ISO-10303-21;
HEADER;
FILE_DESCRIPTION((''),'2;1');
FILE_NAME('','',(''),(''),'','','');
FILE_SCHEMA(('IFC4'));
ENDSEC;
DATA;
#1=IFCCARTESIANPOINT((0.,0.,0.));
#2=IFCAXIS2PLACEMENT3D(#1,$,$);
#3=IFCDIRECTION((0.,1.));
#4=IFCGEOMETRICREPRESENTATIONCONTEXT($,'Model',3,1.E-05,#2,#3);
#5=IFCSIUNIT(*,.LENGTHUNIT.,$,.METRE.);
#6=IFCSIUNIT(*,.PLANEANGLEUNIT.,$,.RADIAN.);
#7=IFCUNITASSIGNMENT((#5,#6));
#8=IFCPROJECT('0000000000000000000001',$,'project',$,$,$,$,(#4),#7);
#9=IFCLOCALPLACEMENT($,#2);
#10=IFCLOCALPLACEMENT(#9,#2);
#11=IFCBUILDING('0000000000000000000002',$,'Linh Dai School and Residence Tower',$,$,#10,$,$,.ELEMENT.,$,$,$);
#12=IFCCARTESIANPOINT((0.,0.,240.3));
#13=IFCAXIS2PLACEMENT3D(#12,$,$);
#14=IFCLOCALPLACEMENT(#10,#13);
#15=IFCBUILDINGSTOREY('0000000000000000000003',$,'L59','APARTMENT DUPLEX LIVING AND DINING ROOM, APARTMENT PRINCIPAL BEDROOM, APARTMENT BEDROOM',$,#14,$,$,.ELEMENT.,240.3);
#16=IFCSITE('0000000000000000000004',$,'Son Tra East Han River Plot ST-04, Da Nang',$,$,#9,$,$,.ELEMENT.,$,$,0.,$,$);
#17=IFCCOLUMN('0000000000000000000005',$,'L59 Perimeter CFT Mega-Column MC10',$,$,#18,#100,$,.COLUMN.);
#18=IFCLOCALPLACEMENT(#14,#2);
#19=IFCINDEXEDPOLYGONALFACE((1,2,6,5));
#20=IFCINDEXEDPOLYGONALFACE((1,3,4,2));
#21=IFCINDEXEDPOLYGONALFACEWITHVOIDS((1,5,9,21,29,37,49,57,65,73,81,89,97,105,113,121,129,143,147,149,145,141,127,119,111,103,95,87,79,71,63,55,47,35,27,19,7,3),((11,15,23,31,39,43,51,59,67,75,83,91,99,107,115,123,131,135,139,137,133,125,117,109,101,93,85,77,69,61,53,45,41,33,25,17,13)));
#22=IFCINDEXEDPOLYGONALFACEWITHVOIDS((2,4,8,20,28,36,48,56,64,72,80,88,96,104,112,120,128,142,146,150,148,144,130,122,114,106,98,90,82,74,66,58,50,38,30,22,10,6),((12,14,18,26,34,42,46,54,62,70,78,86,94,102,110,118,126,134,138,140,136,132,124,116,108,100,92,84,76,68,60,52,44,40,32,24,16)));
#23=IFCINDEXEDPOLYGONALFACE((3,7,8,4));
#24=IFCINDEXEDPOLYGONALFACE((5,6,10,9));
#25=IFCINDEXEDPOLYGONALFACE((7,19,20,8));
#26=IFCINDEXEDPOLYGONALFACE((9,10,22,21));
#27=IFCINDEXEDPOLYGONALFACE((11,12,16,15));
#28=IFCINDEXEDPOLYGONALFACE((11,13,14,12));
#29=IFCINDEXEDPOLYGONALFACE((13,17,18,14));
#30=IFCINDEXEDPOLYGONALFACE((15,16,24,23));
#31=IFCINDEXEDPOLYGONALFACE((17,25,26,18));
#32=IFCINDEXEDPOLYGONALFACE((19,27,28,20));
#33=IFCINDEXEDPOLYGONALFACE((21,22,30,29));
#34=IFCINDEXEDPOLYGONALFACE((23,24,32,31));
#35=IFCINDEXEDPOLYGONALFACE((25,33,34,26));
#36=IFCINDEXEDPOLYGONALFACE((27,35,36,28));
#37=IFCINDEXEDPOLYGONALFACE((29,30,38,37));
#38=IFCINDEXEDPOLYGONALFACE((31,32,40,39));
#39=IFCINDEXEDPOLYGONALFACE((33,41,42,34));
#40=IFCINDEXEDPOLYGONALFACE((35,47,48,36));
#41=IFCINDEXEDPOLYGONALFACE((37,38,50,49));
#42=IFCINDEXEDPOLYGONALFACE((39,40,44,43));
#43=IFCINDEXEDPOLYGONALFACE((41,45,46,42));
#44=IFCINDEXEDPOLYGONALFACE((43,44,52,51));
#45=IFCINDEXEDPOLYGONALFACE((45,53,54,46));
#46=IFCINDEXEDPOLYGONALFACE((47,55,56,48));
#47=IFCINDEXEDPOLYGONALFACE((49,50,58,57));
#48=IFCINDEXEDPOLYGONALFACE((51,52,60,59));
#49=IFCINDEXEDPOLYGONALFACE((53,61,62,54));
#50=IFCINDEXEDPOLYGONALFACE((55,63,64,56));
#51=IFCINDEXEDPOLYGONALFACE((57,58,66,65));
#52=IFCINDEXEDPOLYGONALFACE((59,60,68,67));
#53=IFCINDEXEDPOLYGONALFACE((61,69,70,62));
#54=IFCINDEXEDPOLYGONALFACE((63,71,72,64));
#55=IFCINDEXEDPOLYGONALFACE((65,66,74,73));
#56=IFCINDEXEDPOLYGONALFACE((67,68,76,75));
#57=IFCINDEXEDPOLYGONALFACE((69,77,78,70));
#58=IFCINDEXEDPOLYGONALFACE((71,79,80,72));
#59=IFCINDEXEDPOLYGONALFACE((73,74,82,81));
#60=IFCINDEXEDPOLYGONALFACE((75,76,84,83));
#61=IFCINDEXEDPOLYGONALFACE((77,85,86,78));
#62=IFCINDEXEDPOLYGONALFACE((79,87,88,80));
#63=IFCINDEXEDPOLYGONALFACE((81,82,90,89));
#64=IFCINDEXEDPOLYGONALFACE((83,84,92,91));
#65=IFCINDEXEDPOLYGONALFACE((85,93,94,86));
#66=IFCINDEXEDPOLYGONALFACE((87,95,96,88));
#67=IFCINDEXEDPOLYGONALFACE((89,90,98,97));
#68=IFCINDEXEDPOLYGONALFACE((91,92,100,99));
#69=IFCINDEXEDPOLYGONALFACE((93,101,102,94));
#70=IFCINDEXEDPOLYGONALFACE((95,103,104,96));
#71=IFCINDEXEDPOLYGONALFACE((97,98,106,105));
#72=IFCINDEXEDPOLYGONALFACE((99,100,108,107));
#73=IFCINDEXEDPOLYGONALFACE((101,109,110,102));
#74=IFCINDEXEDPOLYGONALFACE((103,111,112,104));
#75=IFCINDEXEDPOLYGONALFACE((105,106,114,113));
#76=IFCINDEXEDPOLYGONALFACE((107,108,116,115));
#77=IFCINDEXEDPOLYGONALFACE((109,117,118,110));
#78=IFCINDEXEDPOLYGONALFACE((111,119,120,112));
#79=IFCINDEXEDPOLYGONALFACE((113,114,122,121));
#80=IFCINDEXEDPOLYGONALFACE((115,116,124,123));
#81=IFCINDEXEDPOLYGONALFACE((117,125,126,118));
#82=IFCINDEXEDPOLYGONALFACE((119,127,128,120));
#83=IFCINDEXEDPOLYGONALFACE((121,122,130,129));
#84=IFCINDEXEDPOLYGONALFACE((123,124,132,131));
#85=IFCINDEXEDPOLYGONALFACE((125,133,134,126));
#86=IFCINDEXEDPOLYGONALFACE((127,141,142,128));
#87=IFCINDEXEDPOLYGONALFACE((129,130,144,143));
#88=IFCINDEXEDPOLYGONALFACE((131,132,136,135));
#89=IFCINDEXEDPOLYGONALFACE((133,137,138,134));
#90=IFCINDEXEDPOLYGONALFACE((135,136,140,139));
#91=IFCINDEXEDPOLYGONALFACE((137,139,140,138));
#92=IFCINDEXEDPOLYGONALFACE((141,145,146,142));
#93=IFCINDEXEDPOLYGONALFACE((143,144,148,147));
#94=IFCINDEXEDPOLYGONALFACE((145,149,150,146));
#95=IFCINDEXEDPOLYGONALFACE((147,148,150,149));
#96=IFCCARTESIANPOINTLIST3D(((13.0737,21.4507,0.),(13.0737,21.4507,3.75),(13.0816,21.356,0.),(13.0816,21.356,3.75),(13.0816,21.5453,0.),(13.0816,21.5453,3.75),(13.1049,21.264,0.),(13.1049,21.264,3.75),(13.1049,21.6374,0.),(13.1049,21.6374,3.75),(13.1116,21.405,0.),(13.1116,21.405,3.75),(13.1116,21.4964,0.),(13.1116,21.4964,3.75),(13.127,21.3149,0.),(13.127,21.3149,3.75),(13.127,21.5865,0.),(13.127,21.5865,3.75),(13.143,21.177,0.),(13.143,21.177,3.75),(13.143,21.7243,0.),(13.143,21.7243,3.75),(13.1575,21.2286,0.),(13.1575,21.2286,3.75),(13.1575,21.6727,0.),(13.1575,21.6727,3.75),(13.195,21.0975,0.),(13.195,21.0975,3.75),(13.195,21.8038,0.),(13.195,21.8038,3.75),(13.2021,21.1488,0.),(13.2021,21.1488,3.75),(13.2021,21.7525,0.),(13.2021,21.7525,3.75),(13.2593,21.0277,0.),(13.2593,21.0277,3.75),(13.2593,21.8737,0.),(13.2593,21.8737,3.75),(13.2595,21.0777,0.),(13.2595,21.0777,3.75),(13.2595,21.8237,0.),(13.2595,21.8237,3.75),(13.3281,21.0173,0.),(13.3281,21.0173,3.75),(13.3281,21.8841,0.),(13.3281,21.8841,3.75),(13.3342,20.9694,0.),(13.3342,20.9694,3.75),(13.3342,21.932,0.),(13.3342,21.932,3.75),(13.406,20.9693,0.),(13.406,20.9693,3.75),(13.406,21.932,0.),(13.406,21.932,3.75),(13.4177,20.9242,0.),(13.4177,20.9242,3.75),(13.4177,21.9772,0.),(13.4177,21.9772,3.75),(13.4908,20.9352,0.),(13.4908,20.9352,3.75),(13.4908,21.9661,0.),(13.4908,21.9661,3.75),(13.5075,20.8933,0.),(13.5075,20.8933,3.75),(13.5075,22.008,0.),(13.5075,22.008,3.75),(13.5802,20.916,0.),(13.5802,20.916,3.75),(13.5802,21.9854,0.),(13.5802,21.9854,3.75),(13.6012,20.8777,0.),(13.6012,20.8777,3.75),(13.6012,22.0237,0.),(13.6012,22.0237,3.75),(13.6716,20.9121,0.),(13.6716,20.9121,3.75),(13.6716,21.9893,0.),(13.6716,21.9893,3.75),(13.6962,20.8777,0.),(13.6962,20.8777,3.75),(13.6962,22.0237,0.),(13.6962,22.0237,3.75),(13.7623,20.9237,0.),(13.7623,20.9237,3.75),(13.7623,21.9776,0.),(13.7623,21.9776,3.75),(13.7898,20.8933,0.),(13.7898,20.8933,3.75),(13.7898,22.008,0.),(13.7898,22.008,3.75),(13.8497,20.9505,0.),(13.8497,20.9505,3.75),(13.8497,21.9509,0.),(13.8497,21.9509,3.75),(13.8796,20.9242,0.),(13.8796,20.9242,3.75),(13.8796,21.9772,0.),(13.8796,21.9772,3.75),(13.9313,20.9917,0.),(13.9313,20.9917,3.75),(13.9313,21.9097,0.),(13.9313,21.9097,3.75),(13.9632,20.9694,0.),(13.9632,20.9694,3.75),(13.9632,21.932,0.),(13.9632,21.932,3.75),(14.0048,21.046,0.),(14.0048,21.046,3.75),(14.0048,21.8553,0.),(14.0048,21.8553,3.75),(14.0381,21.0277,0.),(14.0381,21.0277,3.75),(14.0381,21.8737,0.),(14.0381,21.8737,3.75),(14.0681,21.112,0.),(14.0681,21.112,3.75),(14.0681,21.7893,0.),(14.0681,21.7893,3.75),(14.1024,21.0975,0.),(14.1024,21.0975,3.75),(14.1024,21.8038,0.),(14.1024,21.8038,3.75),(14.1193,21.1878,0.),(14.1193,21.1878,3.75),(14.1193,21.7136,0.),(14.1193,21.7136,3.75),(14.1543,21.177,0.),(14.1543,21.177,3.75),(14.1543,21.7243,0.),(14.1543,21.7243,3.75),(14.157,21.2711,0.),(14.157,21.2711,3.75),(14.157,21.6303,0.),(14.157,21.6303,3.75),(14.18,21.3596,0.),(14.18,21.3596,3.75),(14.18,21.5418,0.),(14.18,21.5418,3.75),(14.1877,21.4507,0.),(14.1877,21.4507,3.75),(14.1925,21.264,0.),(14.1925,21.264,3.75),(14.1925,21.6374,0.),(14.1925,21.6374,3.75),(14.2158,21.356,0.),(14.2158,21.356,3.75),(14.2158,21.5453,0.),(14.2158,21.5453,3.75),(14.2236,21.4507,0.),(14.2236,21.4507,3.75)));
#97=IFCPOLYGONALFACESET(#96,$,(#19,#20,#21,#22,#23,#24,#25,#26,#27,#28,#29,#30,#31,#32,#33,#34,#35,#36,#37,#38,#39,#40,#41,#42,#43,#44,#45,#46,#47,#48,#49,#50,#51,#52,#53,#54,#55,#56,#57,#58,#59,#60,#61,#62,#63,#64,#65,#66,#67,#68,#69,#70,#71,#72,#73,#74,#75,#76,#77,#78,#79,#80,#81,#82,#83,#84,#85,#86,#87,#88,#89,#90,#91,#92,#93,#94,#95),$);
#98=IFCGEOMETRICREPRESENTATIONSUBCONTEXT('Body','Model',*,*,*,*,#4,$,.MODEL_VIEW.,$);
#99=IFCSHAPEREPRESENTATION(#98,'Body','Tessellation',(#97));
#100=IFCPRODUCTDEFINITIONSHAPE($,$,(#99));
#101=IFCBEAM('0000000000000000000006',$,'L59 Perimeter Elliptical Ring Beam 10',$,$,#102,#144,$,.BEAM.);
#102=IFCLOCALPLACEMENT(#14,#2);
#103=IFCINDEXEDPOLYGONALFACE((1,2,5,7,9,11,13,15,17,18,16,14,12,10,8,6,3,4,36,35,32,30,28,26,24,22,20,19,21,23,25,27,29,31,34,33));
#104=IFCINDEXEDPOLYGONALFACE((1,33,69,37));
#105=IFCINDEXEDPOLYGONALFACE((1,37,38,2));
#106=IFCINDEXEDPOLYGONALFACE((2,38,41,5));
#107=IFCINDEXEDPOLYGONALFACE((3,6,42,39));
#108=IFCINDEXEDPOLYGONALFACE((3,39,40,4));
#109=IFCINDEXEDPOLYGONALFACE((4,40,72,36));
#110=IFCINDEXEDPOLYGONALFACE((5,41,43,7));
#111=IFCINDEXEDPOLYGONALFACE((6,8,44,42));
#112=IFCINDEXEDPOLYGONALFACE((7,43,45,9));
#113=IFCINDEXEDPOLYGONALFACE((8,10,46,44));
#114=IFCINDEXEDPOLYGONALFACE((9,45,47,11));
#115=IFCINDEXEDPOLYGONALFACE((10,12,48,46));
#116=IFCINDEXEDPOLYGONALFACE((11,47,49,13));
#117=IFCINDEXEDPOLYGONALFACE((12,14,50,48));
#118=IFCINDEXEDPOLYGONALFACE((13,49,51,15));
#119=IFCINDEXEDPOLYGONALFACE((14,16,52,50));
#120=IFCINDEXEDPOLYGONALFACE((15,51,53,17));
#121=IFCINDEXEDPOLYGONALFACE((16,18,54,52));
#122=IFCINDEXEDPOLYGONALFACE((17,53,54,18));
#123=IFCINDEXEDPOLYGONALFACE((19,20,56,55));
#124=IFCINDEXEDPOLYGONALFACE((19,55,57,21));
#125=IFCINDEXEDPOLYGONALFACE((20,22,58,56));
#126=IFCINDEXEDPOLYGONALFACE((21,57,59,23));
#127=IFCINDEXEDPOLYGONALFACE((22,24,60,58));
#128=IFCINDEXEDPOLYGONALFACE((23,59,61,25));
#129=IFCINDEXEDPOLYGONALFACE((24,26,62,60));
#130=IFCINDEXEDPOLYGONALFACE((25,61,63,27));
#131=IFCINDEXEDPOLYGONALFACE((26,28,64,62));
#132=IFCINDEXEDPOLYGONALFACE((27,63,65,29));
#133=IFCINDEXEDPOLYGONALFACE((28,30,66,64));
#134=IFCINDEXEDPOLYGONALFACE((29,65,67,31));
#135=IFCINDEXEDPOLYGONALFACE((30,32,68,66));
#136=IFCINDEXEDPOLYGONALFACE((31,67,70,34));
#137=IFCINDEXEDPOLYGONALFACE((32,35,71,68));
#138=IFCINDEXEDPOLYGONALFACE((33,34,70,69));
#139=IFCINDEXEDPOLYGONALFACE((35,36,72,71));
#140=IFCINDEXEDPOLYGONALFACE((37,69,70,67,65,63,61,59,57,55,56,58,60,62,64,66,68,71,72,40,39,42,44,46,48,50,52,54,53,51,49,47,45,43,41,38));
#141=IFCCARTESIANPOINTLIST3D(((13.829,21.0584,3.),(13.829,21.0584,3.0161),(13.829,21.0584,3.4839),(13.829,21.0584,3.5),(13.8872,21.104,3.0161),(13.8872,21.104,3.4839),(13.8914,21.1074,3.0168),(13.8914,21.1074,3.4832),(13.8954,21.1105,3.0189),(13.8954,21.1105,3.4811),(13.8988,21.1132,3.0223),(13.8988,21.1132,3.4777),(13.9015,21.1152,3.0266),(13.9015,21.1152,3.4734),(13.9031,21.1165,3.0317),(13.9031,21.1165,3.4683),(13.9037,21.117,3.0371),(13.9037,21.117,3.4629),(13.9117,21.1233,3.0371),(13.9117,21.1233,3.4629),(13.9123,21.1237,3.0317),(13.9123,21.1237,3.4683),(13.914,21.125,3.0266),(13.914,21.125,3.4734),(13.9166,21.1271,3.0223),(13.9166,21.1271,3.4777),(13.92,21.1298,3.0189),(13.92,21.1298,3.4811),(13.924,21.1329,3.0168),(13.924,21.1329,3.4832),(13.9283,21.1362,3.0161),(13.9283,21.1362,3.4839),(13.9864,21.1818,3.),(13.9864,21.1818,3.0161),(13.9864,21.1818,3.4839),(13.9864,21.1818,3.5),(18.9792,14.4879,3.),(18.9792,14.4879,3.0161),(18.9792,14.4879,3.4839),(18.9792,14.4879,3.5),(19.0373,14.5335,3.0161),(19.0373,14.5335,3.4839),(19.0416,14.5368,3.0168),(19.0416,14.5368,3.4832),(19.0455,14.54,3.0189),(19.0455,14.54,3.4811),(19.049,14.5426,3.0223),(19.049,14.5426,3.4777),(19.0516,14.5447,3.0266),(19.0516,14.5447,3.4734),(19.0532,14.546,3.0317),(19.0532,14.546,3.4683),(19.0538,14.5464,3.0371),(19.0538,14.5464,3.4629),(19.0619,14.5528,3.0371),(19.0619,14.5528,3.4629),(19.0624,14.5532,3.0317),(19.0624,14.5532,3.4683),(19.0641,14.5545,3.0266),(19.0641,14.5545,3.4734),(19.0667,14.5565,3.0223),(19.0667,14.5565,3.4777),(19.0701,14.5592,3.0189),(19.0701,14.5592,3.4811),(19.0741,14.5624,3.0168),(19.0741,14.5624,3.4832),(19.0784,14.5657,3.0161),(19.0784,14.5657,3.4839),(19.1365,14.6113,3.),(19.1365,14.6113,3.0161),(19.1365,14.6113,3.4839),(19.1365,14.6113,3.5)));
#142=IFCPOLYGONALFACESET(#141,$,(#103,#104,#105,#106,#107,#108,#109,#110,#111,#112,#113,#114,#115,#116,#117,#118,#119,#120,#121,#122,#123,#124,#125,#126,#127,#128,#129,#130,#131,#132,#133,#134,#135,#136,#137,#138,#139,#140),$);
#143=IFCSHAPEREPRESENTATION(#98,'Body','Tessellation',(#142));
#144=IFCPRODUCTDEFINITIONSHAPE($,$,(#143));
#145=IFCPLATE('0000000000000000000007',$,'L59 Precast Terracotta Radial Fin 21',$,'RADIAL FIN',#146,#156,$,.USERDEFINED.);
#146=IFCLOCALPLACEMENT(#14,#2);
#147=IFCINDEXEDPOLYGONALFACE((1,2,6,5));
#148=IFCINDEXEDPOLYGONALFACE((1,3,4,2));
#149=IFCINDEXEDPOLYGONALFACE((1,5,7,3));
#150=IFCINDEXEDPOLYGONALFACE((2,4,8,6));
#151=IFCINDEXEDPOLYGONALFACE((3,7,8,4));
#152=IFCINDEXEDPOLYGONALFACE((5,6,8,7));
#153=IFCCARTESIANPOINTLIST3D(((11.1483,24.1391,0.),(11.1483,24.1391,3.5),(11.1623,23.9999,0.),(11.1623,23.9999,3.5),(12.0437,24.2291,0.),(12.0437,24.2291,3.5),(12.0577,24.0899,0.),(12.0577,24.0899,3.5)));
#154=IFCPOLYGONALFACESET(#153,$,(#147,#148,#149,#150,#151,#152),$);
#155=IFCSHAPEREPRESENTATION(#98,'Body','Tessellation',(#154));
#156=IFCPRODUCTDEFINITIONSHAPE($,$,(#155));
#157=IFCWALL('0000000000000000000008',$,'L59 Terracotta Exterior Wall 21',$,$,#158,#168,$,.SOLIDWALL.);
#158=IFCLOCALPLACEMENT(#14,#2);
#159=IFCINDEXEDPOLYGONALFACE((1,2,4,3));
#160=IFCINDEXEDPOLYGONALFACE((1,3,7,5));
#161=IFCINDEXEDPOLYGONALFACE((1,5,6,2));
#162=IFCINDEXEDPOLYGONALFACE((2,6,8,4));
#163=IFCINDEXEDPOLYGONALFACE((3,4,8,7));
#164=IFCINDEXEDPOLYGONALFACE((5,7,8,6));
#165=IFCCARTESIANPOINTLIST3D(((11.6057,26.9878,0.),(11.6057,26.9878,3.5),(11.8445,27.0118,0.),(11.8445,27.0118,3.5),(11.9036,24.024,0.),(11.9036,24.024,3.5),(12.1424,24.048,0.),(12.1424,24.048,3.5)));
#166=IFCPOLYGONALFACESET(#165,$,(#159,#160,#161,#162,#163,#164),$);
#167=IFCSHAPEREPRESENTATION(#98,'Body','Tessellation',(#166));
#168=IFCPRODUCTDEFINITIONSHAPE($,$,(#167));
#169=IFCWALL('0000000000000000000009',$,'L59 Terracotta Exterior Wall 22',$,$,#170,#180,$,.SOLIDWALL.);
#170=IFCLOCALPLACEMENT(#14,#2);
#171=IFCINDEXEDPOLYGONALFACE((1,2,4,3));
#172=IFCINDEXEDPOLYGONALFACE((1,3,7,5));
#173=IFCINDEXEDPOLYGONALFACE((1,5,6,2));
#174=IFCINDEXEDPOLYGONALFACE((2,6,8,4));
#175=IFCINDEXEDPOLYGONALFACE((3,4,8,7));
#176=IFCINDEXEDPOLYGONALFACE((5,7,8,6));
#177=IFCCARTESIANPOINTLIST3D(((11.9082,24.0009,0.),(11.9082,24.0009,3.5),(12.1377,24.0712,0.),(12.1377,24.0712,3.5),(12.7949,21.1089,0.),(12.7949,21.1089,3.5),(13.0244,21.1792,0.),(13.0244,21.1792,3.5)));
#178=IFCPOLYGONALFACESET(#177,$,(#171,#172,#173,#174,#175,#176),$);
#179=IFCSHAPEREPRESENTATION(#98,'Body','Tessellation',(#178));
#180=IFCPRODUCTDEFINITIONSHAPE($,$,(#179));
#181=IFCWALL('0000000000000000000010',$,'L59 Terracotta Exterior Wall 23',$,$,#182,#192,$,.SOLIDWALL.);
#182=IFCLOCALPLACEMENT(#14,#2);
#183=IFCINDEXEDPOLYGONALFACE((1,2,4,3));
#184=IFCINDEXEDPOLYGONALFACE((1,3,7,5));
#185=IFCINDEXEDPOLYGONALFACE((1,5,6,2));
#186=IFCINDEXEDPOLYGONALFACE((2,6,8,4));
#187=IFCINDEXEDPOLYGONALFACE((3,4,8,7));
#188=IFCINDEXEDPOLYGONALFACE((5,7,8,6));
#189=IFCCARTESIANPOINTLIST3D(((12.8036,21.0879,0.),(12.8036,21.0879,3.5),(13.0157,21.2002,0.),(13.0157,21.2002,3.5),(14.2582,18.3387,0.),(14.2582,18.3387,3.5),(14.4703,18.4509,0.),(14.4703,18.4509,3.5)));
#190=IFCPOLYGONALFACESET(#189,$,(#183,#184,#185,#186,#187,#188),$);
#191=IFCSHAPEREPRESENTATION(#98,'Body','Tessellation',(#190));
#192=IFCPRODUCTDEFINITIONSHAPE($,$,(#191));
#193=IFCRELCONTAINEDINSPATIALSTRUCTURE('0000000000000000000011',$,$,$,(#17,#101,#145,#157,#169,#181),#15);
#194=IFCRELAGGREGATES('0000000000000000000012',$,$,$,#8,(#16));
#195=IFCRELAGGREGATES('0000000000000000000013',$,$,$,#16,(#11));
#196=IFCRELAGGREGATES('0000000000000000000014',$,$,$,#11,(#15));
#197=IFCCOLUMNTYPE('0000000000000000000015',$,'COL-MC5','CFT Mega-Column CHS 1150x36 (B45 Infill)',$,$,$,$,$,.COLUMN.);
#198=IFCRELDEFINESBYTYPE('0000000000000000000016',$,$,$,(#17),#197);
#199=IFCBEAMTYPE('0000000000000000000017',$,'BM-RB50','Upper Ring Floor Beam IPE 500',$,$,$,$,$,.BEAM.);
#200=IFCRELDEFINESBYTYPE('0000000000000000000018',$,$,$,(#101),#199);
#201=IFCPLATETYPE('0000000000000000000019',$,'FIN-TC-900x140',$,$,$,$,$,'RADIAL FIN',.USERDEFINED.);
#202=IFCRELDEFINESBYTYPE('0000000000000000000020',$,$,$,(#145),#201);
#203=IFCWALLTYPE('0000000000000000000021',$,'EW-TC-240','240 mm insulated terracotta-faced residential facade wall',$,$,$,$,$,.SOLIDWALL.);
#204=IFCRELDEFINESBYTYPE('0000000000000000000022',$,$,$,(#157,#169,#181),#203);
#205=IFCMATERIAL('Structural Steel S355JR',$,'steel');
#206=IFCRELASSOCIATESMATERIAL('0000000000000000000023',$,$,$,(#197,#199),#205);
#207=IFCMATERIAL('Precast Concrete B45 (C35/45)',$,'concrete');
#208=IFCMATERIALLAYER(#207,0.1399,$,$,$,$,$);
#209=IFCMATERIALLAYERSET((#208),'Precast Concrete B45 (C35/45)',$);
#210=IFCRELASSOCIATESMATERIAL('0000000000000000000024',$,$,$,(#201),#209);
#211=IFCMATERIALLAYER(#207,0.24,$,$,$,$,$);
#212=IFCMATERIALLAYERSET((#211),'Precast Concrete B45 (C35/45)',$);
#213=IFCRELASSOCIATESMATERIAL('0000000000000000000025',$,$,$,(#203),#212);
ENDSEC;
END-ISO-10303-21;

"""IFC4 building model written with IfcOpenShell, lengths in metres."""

from ifc_helpers import new_model, si_unit, direction, frame, frame_2d, origin, origin_2d, place, context, subcontext, project, spatial, rectangle, hollow_circle, i_section, extrude, source, transform, mapped, material, layer, layer_set, material_profile, profile_set, type_object, element, save


model = new_model("IFC4")

# Units and contexts
model_context = context("Model", 3, precision=1e-05, world=origin(), true_north=direction((0.0, 1.0)))
body_context = subcontext(model_context, "Body", "Model", "MODEL_VIEW")
ifc_project = project(units=[si_unit("LENGTHUNIT", "METRE"), si_unit("PLANEANGLEUNIT", "RADIAN")], contexts=[model_context])

# Site, building, storey
site_placement = place(None, origin())
site = spatial("IfcSite", under=ifc_project, at=site_placement, Name="Son Tra East Han River Plot ST-04, Da Nang", CompositionType="ELEMENT", RefElevation=0.0)
building_placement = place(site_placement, origin())
building = spatial("IfcBuilding", under=site, at=building_placement, Name="Linh Dai School and Residence Tower", CompositionType="ELEMENT")
storey_placement = place(building_placement, frame((0.0, 0.0, 240.3)))
storey = spatial("IfcBuildingStorey", under=building, at=storey_placement, Name="L59", Description="APARTMENT DUPLEX LIVING AND DINING ROOM, APARTMENT PRINCIPAL BEDROOM, APARTMENT BEDROOM", CompositionType="ELEMENT", Elevation=240.3)

# Column
ifc_material_1 = material(Name="Structural Steel S355JR", Category="steel")
ifc_material_profile_1 = material_profile(ifc_material_1, hollow_circle(Radius=0.575, WallThickness=0.0359, at=origin_2d()), Name="CHS 1150x36")
ifc_profile_set_1 = profile_set([ifc_material_profile_1], Name="Structural Steel S355JR")
column_type = type_object("IfcColumnType", Name="COL-MC5", Description="CFT Mega-Column CHS 1150x36 (B45 Infill)", PredefinedType="COLUMN", material=ifc_profile_set_1)
column_placement = place(storey_placement, frame((13.6487, 21.4507, 0.0), z_axis=(0.0, 0.0, 1.0), x_axis=(1.0, 0.0, 0.0)))
element("IfcColumn", 1, at=column_placement, inside=storey, type_object=column_type, Name="L59 Perimeter CFT Mega-Column MC10", PredefinedType="COLUMN", context=body_context, shape_type="SweptSolid", body=[
    extrude(hollow_circle(Radius=0.575, WallThickness=0.0359, at=origin_2d()), origin(), (0.0, 0.0, 1.0), 3.75),
])

# Beam
ifc_material_profile_2 = material_profile(ifc_material_1, i_section(OverallWidth=0.2, OverallDepth=0.5, WebThickness=0.0103, FlangeThickness=0.0161, FilletRadius=0.021, at=origin_2d()), Name="IPE 500")
ifc_profile_set_2 = profile_set([ifc_material_profile_2], Name="Structural Steel S355JR")
beam_type = type_object("IfcBeamType", Name="BM-RB50", Description="Upper Ring Floor Beam IPE 500", PredefinedType="BEAM", material=ifc_profile_set_2)
beam_placement = place(storey_placement, frame((13.9077, 21.1201, 3.25), z_axis=(0.6169, -0.787041, 0.0), x_axis=(0.787041, 0.6169, 0.0)))
element("IfcBeam", 2, at=beam_placement, inside=storey, type_object=beam_type, Name="L59 Perimeter Elliptical Ring Beam 10", PredefinedType="BEAM", context=body_context, shape_type="SweptSolid", body=[
    extrude(i_section(OverallWidth=0.2, OverallDepth=0.5, WebThickness=0.0103, FlangeThickness=0.0161, FilletRadius=0.021, at=origin_2d()), origin(), (0.0, 0.0, 1.0), 8.3484),
])

# Plate
ifc_material_2 = material(Name="Precast Concrete B45 (C35/45)", Category="concrete")
ifc_layer_1 = layer(ifc_material_2, 0.1399)
ifc_layer_set_1 = layer_set([ifc_layer_1], Name="Precast Concrete B45 (C35/45)")
plate_type = type_object("IfcPlateType", Name="FIN-TC-900x140", ElementType="RADIAL FIN", PredefinedType="USERDEFINED", material=ifc_layer_set_1)
shared_shape_1 = source(origin(), body_context, "Body", "SweptSolid", [
    extrude(rectangle(XDim=0.8999, YDim=0.1399, at=origin_2d()), origin(), (0.0, 0.0, 1.0), 3.5),
])
plate_placement = place(storey_placement, frame((11.603, 24.1145, 0.0), z_axis=(0.0, 0.0, 1.0), x_axis=(-0.994986, -0.100012, 0.0)))
element("IfcPlate", 3, at=plate_placement, inside=storey, type_object=plate_type, Name="L59 Precast Terracotta Radial Fin 21", ObjectType="RADIAL FIN", PredefinedType="USERDEFINED", context=body_context, shape_type="MappedRepresentation", body=[
    mapped(shared_shape_1, transform((0.0, 0.0, 0.0), x_axis=(1.0, 0.0, 0.0), y_axis=(0.0, 1.0, 0.0), z_axis=(0.0, 0.0, 1.0), scale=1.0)),
])

# Walls
ifc_layer_2 = layer(ifc_material_2, 0.24)
ifc_layer_set_2 = layer_set([ifc_layer_2], Name="Precast Concrete B45 (C35/45)")
wall_type_1 = type_object("IfcWallType", Name="EW-TC-240", Description="240 mm insulated terracotta-faced residential facade wall", PredefinedType="SOLIDWALL", material=ifc_layer_set_2)
wall_1_placement = place(storey_placement, frame((12.0229, 24.0361, 0.0), z_axis=(0.0, 0.0, 1.0), x_axis=(-0.099991, 0.994988, 0.0)))
element("IfcWall", 4, at=wall_1_placement, inside=storey, type_object=wall_type_1, Name="L59 Terracotta Exterior Wall 21", PredefinedType="SOLIDWALL", context=body_context, shape_type="SweptSolid", body=[
    extrude(rectangle(XDim=2.9788, YDim=0.24, at=frame_2d((1.4893, 0.0))), origin(), (0.0, 0.0, 1.0), 3.5),
])
wall_2_placement = place(storey_placement, frame((12.9097, 21.144, 0.0), z_axis=(0.0, 0.0, 1.0), x_axis=(-0.293133, 0.956072, 0.0)))
element("IfcWall", 5, at=wall_2_placement, inside=storey, type_object=wall_type_1, Name="L59 Terracotta Exterior Wall 22", PredefinedType="SOLIDWALL", context=body_context, shape_type="SweptSolid", body=[
    extrude(rectangle(XDim=3.0249, YDim=0.24, at=frame_2d((1.5125, 0.0))), origin(), (0.0, 0.0, 1.0), 3.5),
])
wall_3_placement = place(storey_placement, frame((14.3643, 18.3948, 0.0), z_axis=(0.0, 0.0, 1.0), x_axis=(-0.46766, 0.883908, 0.0)))
element("IfcWall", 6, at=wall_3_placement, inside=storey, type_object=wall_type_1, Name="L59 Terracotta Exterior Wall 23", PredefinedType="SOLIDWALL", context=body_context, shape_type="SweptSolid", body=[
    extrude(rectangle(XDim=3.1104, YDim=0.24, at=frame_2d((1.5552, 0.0))), origin(), (0.0, 0.0, 1.0), 3.5),
])

save(model, "model.ifc")
